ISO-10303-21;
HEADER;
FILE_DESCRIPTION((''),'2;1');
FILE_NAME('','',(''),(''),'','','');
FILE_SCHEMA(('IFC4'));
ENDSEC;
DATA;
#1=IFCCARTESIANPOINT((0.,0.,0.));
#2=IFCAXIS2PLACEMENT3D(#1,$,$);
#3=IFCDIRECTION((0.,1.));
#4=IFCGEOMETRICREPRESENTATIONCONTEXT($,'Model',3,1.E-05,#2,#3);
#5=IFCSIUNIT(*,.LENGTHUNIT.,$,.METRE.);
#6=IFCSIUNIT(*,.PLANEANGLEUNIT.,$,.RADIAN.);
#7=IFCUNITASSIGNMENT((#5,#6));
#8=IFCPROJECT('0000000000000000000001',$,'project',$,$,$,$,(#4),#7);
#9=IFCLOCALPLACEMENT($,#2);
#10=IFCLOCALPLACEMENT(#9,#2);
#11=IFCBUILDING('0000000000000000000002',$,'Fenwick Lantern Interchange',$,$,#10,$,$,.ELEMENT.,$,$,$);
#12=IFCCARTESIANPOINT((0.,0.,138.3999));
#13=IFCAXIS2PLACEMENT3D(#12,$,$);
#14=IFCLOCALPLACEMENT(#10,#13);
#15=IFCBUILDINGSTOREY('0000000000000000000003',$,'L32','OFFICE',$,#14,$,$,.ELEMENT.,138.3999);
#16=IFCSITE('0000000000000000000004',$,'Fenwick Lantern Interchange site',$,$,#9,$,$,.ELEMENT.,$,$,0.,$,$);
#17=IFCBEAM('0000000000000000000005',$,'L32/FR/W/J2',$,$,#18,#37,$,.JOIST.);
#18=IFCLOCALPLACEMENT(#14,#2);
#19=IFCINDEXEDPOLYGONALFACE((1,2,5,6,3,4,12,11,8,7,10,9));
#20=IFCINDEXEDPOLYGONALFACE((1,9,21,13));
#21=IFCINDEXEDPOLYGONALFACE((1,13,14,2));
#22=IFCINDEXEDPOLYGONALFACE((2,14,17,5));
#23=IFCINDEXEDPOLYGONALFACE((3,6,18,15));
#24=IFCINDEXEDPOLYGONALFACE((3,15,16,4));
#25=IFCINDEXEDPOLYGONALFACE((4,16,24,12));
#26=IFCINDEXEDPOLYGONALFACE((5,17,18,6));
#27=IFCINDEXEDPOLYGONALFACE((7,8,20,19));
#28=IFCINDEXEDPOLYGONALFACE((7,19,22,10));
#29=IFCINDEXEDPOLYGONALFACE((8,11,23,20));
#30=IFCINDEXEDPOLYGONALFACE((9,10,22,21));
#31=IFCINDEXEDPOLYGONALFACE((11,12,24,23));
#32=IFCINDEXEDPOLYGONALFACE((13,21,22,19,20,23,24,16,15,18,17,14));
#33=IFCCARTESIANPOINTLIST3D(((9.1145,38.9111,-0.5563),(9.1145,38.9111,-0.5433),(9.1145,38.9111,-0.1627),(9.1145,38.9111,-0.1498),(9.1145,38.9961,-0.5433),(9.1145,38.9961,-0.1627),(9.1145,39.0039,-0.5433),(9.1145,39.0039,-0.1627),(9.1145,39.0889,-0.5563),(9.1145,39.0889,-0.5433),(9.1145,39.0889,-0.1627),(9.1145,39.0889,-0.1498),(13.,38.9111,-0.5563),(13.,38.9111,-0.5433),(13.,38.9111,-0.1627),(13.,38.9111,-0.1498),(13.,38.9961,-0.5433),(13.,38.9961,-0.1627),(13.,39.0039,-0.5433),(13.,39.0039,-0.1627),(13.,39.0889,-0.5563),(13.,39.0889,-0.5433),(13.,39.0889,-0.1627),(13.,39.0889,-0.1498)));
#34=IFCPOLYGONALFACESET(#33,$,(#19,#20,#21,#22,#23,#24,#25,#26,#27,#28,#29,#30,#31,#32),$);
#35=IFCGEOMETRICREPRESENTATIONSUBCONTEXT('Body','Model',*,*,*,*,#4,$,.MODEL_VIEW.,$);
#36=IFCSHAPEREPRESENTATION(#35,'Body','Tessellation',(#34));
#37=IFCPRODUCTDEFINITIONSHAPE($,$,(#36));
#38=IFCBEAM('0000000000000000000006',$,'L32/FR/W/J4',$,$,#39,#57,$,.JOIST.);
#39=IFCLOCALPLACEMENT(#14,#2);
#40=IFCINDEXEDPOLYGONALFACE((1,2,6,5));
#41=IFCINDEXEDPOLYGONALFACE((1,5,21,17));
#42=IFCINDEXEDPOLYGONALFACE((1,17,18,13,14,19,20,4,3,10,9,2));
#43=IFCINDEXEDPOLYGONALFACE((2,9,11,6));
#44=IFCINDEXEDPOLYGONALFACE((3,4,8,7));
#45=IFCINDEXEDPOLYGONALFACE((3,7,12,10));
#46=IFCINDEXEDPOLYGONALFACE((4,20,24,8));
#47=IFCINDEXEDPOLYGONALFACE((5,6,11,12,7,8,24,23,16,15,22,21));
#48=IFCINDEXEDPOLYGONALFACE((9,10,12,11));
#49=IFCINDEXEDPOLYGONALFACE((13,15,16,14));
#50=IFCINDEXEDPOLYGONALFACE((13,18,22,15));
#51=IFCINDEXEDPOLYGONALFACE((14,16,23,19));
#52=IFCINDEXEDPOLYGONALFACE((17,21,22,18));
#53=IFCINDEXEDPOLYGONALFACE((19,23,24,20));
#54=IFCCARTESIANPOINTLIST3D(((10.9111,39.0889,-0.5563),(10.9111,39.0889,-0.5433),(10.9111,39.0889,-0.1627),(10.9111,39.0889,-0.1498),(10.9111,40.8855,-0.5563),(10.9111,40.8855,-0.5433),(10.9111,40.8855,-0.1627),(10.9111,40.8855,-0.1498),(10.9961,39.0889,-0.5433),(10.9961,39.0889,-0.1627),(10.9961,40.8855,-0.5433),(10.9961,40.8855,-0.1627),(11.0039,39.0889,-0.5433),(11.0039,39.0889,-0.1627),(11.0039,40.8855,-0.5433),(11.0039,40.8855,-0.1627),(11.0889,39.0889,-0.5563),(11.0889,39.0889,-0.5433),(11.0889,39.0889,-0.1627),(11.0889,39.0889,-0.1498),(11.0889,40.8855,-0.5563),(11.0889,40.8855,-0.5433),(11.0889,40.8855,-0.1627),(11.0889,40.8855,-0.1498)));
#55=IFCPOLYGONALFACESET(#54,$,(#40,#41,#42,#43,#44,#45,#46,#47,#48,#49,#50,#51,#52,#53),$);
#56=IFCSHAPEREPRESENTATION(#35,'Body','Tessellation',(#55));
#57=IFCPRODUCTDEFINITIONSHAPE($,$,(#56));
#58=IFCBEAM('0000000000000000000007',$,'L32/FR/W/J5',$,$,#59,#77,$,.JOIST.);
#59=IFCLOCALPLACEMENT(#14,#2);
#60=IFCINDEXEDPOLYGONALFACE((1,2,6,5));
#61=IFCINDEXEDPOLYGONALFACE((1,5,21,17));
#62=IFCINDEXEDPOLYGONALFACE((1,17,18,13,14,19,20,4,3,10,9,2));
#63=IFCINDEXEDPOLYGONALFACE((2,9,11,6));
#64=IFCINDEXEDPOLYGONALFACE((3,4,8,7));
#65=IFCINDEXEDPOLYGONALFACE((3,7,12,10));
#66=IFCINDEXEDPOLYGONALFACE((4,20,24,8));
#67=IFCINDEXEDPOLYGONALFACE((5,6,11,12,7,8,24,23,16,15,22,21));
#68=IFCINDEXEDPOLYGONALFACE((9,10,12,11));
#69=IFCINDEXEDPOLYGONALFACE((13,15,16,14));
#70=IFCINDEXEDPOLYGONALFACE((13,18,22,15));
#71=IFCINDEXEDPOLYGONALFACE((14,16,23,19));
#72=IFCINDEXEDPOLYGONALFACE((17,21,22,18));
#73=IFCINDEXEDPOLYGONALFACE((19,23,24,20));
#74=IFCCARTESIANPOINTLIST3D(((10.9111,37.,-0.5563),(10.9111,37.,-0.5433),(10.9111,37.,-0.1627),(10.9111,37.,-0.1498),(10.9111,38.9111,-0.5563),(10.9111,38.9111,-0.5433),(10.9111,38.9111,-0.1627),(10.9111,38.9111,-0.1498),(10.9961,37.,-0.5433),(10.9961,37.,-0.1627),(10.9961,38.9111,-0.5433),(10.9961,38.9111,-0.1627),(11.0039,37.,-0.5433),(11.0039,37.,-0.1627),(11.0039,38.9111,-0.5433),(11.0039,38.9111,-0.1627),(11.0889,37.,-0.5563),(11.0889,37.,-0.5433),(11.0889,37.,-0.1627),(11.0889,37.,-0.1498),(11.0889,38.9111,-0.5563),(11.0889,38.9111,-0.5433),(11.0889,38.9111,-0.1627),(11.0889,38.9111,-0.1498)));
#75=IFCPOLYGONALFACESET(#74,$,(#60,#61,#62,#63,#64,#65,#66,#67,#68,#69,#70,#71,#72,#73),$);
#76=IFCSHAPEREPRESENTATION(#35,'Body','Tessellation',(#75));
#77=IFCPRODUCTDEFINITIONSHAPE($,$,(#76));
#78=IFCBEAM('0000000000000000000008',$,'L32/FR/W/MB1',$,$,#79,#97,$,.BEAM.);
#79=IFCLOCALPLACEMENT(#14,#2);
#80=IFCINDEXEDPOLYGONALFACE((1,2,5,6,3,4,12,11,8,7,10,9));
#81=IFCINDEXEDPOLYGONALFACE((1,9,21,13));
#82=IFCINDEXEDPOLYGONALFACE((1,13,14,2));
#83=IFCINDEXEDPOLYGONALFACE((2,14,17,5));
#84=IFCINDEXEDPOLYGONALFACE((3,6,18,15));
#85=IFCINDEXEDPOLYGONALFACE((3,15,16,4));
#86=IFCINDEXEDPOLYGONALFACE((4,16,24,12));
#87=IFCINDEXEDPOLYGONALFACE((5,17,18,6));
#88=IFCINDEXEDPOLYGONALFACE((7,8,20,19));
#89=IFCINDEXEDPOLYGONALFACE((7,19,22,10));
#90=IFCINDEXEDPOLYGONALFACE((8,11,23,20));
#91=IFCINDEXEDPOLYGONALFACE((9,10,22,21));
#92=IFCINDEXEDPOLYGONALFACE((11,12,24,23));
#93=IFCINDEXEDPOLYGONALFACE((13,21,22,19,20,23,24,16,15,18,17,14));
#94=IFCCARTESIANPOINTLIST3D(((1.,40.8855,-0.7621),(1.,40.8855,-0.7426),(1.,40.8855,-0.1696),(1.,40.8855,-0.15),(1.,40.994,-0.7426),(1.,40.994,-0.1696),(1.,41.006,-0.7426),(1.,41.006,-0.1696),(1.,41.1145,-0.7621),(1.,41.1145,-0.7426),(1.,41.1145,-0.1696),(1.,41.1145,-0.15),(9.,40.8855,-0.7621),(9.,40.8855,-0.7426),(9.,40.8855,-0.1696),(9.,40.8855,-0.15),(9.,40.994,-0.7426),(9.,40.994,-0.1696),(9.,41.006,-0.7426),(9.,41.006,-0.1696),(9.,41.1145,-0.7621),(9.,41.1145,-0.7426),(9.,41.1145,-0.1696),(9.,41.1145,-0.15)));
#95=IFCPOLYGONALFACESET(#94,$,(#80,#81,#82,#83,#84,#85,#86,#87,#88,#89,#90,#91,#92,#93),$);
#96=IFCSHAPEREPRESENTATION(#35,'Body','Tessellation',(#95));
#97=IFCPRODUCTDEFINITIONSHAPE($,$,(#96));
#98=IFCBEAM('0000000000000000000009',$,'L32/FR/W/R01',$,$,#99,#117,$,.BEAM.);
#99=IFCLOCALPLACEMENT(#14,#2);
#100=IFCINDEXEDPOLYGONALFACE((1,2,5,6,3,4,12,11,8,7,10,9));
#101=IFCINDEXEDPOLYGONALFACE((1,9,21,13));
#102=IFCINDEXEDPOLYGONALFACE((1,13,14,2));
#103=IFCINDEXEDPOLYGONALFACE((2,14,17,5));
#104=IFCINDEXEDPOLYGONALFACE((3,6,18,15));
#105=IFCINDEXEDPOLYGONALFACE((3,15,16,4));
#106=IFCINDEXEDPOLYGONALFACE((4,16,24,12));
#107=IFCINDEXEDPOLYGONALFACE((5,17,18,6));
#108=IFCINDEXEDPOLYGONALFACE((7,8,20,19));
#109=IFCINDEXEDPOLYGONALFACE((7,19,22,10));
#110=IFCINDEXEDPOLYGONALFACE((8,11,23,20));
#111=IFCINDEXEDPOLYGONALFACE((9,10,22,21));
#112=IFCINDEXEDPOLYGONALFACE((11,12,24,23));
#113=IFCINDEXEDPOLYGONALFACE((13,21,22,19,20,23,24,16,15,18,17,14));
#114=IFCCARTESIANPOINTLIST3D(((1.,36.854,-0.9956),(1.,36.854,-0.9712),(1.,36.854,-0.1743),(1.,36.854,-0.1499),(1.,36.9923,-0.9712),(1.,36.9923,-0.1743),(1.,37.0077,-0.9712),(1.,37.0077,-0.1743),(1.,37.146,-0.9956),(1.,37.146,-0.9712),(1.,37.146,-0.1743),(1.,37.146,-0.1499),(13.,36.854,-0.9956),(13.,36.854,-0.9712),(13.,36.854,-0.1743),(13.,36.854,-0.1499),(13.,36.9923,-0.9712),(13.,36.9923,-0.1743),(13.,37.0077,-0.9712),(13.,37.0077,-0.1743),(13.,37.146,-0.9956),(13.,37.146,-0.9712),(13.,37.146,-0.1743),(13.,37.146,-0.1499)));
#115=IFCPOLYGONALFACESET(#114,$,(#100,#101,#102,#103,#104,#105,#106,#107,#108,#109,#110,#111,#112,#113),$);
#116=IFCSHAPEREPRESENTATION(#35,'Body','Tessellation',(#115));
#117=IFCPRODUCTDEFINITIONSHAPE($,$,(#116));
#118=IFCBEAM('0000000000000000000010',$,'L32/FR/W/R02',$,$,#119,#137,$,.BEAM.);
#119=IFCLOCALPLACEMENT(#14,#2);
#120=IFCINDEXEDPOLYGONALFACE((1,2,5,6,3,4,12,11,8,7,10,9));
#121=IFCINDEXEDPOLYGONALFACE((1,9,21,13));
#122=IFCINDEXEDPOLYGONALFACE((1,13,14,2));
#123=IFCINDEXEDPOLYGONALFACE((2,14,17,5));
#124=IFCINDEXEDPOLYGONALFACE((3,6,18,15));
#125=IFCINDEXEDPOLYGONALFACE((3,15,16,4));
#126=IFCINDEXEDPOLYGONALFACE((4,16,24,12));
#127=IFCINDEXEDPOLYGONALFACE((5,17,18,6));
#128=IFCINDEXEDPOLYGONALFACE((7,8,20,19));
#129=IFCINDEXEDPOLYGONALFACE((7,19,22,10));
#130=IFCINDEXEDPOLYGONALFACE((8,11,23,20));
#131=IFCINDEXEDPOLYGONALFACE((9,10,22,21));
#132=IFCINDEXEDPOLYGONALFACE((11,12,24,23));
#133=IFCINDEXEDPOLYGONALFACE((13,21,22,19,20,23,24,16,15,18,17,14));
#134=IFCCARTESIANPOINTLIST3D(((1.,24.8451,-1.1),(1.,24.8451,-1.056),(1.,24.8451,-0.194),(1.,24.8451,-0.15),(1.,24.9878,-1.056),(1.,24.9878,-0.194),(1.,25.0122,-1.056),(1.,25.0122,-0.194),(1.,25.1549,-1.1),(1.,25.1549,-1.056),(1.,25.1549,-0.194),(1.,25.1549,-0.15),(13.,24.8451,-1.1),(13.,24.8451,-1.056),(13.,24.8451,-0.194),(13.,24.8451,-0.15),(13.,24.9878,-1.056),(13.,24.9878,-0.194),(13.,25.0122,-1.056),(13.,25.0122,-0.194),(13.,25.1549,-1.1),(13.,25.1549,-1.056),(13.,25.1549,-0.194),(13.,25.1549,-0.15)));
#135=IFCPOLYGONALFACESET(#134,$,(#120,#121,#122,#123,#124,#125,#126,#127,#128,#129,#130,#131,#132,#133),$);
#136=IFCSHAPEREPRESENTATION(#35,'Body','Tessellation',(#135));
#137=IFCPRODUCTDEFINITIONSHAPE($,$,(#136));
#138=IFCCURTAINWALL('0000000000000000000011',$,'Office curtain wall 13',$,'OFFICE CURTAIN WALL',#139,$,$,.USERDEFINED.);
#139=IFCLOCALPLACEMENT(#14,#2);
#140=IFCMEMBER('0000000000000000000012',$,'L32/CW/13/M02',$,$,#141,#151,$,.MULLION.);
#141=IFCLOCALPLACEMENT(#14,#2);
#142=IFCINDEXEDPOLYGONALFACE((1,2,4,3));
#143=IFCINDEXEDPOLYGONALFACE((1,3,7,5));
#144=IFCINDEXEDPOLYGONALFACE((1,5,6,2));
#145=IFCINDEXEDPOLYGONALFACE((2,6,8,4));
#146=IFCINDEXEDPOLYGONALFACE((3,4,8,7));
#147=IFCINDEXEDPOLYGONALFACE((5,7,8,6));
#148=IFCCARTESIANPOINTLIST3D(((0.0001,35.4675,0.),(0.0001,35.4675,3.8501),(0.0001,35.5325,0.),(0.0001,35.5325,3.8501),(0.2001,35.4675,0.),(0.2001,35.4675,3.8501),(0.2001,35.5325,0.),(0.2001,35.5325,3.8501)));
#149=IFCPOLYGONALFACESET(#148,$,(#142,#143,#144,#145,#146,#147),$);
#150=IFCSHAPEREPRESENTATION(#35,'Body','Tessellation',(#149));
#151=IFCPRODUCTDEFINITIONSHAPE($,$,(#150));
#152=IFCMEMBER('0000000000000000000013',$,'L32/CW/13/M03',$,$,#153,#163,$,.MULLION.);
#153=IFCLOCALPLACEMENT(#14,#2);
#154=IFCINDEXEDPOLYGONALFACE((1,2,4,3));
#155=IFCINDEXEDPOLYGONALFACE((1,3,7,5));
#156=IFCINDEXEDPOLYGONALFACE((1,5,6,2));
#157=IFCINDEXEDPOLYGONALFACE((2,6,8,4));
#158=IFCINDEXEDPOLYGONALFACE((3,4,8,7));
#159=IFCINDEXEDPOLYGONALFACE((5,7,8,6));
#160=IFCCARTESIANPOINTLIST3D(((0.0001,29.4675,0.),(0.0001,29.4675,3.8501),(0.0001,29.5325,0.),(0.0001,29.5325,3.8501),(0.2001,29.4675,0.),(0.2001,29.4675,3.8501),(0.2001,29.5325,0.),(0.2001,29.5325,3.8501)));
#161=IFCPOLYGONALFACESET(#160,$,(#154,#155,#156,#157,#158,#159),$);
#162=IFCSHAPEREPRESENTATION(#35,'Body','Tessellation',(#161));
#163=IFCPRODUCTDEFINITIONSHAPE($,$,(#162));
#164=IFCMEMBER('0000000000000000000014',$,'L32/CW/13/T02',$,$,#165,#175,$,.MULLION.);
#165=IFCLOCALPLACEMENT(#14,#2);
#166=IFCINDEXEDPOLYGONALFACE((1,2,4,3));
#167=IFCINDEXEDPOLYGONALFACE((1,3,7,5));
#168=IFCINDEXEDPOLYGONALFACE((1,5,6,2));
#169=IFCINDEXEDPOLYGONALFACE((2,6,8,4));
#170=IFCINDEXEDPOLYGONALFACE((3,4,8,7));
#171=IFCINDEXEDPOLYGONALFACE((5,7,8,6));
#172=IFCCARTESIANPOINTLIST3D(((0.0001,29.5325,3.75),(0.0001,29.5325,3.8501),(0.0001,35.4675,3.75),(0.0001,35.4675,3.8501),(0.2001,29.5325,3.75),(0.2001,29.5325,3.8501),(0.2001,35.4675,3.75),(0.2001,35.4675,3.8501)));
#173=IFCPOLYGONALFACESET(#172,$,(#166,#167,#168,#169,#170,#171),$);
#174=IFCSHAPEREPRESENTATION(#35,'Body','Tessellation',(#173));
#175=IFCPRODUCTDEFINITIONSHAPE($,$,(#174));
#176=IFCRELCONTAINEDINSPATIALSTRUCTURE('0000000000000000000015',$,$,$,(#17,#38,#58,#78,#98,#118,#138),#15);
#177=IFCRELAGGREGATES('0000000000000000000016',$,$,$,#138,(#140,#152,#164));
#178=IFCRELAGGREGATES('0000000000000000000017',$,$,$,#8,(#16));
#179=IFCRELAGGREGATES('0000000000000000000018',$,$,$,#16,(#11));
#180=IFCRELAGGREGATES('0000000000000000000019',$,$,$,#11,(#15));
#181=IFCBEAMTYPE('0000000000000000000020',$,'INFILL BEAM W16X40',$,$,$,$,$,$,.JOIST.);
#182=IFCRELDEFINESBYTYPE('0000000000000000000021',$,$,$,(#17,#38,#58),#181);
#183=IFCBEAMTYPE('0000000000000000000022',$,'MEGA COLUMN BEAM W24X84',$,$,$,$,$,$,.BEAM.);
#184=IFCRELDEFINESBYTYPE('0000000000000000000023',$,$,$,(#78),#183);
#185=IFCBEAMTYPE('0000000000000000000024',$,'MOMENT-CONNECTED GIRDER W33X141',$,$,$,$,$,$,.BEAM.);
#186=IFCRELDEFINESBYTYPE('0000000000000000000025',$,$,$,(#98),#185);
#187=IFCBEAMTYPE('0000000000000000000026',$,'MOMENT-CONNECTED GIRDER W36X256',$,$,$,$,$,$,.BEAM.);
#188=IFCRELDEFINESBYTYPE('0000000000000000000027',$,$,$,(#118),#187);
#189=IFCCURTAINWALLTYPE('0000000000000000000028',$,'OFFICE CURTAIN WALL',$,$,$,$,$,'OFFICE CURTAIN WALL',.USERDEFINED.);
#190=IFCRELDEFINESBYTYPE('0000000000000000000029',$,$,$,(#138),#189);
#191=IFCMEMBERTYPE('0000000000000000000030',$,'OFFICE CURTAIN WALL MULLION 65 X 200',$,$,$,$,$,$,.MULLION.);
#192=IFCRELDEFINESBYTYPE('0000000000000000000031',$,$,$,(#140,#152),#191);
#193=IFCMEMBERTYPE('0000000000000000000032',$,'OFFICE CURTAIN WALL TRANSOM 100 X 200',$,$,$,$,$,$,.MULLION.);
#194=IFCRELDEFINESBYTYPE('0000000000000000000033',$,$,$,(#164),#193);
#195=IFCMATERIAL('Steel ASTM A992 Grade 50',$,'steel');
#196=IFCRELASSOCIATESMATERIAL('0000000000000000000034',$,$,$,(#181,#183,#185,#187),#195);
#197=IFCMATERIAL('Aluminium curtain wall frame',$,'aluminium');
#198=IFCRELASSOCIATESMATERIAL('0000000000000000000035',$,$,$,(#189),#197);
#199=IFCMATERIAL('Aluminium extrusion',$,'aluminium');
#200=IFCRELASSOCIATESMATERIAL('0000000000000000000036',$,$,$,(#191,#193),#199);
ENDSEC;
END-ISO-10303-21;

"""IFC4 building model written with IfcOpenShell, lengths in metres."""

from ifc_helpers import new_model, si_unit, direction, frame, origin, origin_2d, place, context, subcontext, project, spatial, rectangle, i_section, extrude, material, material_profile, profile_set, type_object, element, aggregate, save


model = new_model("IFC4")

# Units and contexts
model_context = context("Model", 3, precision=1e-05, world=origin(), true_north=direction((0.0, 1.0)))
body_context = subcontext(model_context, "Body", "Model", "MODEL_VIEW")
ifc_project = project(units=[si_unit("LENGTHUNIT", "METRE"), si_unit("PLANEANGLEUNIT", "RADIAN")], contexts=[model_context])

# Site, building, storey
site_placement = place(None, origin())
site = spatial("IfcSite", under=ifc_project, at=site_placement, Name="Fenwick Lantern Interchange site", CompositionType="ELEMENT", RefElevation=0.0)
building_placement = place(site_placement, origin())
building = spatial("IfcBuilding", under=site, at=building_placement, Name="Fenwick Lantern Interchange", CompositionType="ELEMENT")
storey_placement = place(building_placement, frame((0.0, 0.0, 138.3999)))
storey = spatial("IfcBuildingStorey", under=building, at=storey_placement, Name="L32", Description="OFFICE", CompositionType="ELEMENT", Elevation=138.3999)

# Beams
ifc_material_1 = material(Name="Steel ASTM A992 Grade 50", Category="steel")
ifc_material_profile_1 = material_profile(ifc_material_1, i_section(OverallWidth=0.1777, OverallDepth=0.4065, WebThickness=0.0078, FlangeThickness=0.0129, at=origin_2d()), Name="W16X40")
ifc_profile_set_1 = profile_set([ifc_material_profile_1], Name="Steel ASTM A992 Grade 50")
beam_type_1 = type_object("IfcBeamType", Name="INFILL BEAM W16X40", PredefinedType="JOIST", material=ifc_profile_set_1)
beam_1_placement = place(storey_placement, frame((9.1145, 39.0, -0.353), z_axis=(1.0, 0.0, 0.0), x_axis=(0.0, 1.0, 0.0)))
element("IfcBeam", 1, at=beam_1_placement, inside=storey, type_object=beam_type_1, Name="L32/FR/W/J2", PredefinedType="JOIST", context=body_context, shape_type="SweptSolid", body=[
    extrude(i_section(OverallWidth=0.1777, OverallDepth=0.4065, WebThickness=0.0078, FlangeThickness=0.0129, at=origin_2d()), origin(), (0.0, 0.0, 1.0), 3.8855),
])
beam_2_placement = place(storey_placement, frame((11.0, 40.8855, -0.353), z_axis=(0.0, -1.0, 0.0), x_axis=(1.0, 0.0, 0.0)))
element("IfcBeam", 2, at=beam_2_placement, inside=storey, type_object=beam_type_1, Name="L32/FR/W/J4", PredefinedType="JOIST", context=body_context, shape_type="SweptSolid", body=[
    extrude(i_section(OverallWidth=0.1777, OverallDepth=0.4065, WebThickness=0.0078, FlangeThickness=0.0129, at=origin_2d()), origin(), (0.0, 0.0, 1.0), 1.7966),
])
beam_3_placement = place(storey_placement, frame((11.0, 38.9111, -0.353), z_axis=(0.0, -1.0, 0.0), x_axis=(1.0, 0.0, 0.0)))
element("IfcBeam", 3, at=beam_3_placement, inside=storey, type_object=beam_type_1, Name="L32/FR/W/J5", PredefinedType="JOIST", context=body_context, shape_type="SweptSolid", body=[
    extrude(i_section(OverallWidth=0.1777, OverallDepth=0.4065, WebThickness=0.0078, FlangeThickness=0.0129, at=origin_2d()), origin(), (0.0, 0.0, 1.0), 1.9111),
])
ifc_material_profile_2 = material_profile(ifc_material_1, i_section(OverallWidth=0.229, OverallDepth=0.6121, WebThickness=0.012, FlangeThickness=0.0195, at=origin_2d()), Name="W24X84")
ifc_profile_set_2 = profile_set([ifc_material_profile_2], Name="Steel ASTM A992 Grade 50")
beam_type_2 = type_object("IfcBeamType", Name="MEGA COLUMN BEAM W24X84", PredefinedType="BEAM", material=ifc_profile_set_2)
beam_4_placement = place(storey_placement, frame((9.0, 41.0, -0.4561), z_axis=(-1.0, 0.0, 0.0), x_axis=(0.0, -1.0, 0.0)))
element("IfcBeam", 4, at=beam_4_placement, inside=storey, type_object=beam_type_2, Name="L32/FR/W/MB1", PredefinedType="BEAM", context=body_context, shape_type="SweptSolid", body=[
    extrude(i_section(OverallWidth=0.229, OverallDepth=0.6121, WebThickness=0.012, FlangeThickness=0.0195, at=origin_2d()), origin(), (0.0, 0.0, 1.0), 8.0),
])
ifc_material_profile_3 = material_profile(ifc_material_1, i_section(OverallWidth=0.292, OverallDepth=0.8457, WebThickness=0.0154, FlangeThickness=0.0244, at=origin_2d()), Name="W33X141")
ifc_profile_set_3 = profile_set([ifc_material_profile_3], Name="Steel ASTM A992 Grade 50")
beam_type_3 = type_object("IfcBeamType", Name="MOMENT-CONNECTED GIRDER W33X141", PredefinedType="BEAM", material=ifc_profile_set_3)
beam_5_placement = place(storey_placement, frame((1.0, 37.0, -0.5728), z_axis=(1.0, 0.0, 0.0), x_axis=(0.0, 1.0, 0.0)))
element("IfcBeam", 5, at=beam_5_placement, inside=storey, type_object=beam_type_3, Name="L32/FR/W/R01", PredefinedType="BEAM", context=body_context, shape_type="SweptSolid", body=[
    extrude(i_section(OverallWidth=0.292, OverallDepth=0.8457, WebThickness=0.0154, FlangeThickness=0.0244, at=origin_2d()), origin(), (0.0, 0.0, 1.0), 12.0),
])
ifc_material_profile_4 = material_profile(ifc_material_1, i_section(OverallWidth=0.3098, OverallDepth=0.95, WebThickness=0.0244, FlangeThickness=0.0439, at=origin_2d()), Name="W36X256")
ifc_profile_set_4 = profile_set([ifc_material_profile_4], Name="Steel ASTM A992 Grade 50")
beam_type_4 = type_object("IfcBeamType", Name="MOMENT-CONNECTED GIRDER W36X256", PredefinedType="BEAM", material=ifc_profile_set_4)
beam_6_placement = place(storey_placement, frame((1.0, 25.0, -0.625), z_axis=(1.0, 0.0, 0.0), x_axis=(0.0, 1.0, 0.0)))
element("IfcBeam", 6, at=beam_6_placement, inside=storey, type_object=beam_type_4, Name="L32/FR/W/R02", PredefinedType="BEAM", context=body_context, shape_type="SweptSolid", body=[
    extrude(i_section(OverallWidth=0.3098, OverallDepth=0.95, WebThickness=0.0244, FlangeThickness=0.0439, at=origin_2d()), origin(), (0.0, 0.0, 1.0), 12.0),
])

# Curtain wall, members
ifc_material_2 = material(Name="Aluminium curtain wall frame", Category="aluminium")
curtain_wall_type = type_object("IfcCurtainWallType", Name="OFFICE CURTAIN WALL", ElementType="OFFICE CURTAIN WALL", PredefinedType="USERDEFINED", material=ifc_material_2)
curtain_wall_placement = place(storey_placement, origin())
curtain_wall = element("IfcCurtainWall", 7, at=curtain_wall_placement, inside=storey, type_object=curtain_wall_type, Name="Office curtain wall 13", ObjectType="OFFICE CURTAIN WALL", PredefinedType="USERDEFINED")
ifc_material_3 = material(Name="Aluminium extrusion", Category="aluminium")
ifc_material_profile_5 = material_profile(ifc_material_3, rectangle(XDim=0.2, YDim=0.0649, at=origin_2d()), Name="OFFICE CURTAIN WALL MULLION 65 X 200")
ifc_profile_set_5 = profile_set([ifc_material_profile_5], Name="Aluminium extrusion")
member_type_1 = type_object("IfcMemberType", Name="OFFICE CURTAIN WALL MULLION 65 X 200", PredefinedType="MULLION", material=ifc_profile_set_5)
member_1_placement = place(storey_placement, frame((0.1001, 35.5, 0.0), z_axis=(0.0, 0.0, 1.0), x_axis=(1.0, 0.0, 0.0)))
member_1 = element("IfcMember", 8, at=member_1_placement, type_object=member_type_1, Name="L32/CW/13/M02", PredefinedType="MULLION", context=body_context, shape_type="SweptSolid", body=[
    extrude(rectangle(XDim=0.2, YDim=0.0649, at=origin_2d()), origin(), (0.0, 0.0, 1.0), 3.8501),
])
member_2_placement = place(storey_placement, frame((0.1001, 29.5, 0.0), z_axis=(0.0, 0.0, 1.0), x_axis=(1.0, 0.0, 0.0)))
member_2 = element("IfcMember", 9, at=member_2_placement, type_object=member_type_1, Name="L32/CW/13/M03", PredefinedType="MULLION", context=body_context, shape_type="SweptSolid", body=[
    extrude(rectangle(XDim=0.2, YDim=0.0649, at=origin_2d()), origin(), (0.0, 0.0, 1.0), 3.8501),
])
ifc_material_profile_6 = material_profile(ifc_material_3, rectangle(XDim=0.2, YDim=0.1001, at=origin_2d()), Name="OFFICE CURTAIN WALL TRANSOM 100 X 200")
ifc_profile_set_6 = profile_set([ifc_material_profile_6], Name="Aluminium extrusion")
member_type_2 = type_object("IfcMemberType", Name="OFFICE CURTAIN WALL TRANSOM 100 X 200", PredefinedType="MULLION", material=ifc_profile_set_6)
member_3_placement = place(storey_placement, frame((0.1001, 35.4675, 3.8), z_axis=(0.0, -1.0, 0.0), x_axis=(1.0, 0.0, 0.0)))
member_3 = element("IfcMember", 10, at=member_3_placement, type_object=member_type_2, Name="L32/CW/13/T02", PredefinedType="MULLION", context=body_context, shape_type="SweptSolid", body=[
    extrude(rectangle(XDim=0.2, YDim=0.1001, at=origin_2d()), origin(), (0.0, 0.0, 1.0), 5.9351),
])
aggregate(curtain_wall, [member_1, member_2, member_3])

save(model, "model.ifc")
